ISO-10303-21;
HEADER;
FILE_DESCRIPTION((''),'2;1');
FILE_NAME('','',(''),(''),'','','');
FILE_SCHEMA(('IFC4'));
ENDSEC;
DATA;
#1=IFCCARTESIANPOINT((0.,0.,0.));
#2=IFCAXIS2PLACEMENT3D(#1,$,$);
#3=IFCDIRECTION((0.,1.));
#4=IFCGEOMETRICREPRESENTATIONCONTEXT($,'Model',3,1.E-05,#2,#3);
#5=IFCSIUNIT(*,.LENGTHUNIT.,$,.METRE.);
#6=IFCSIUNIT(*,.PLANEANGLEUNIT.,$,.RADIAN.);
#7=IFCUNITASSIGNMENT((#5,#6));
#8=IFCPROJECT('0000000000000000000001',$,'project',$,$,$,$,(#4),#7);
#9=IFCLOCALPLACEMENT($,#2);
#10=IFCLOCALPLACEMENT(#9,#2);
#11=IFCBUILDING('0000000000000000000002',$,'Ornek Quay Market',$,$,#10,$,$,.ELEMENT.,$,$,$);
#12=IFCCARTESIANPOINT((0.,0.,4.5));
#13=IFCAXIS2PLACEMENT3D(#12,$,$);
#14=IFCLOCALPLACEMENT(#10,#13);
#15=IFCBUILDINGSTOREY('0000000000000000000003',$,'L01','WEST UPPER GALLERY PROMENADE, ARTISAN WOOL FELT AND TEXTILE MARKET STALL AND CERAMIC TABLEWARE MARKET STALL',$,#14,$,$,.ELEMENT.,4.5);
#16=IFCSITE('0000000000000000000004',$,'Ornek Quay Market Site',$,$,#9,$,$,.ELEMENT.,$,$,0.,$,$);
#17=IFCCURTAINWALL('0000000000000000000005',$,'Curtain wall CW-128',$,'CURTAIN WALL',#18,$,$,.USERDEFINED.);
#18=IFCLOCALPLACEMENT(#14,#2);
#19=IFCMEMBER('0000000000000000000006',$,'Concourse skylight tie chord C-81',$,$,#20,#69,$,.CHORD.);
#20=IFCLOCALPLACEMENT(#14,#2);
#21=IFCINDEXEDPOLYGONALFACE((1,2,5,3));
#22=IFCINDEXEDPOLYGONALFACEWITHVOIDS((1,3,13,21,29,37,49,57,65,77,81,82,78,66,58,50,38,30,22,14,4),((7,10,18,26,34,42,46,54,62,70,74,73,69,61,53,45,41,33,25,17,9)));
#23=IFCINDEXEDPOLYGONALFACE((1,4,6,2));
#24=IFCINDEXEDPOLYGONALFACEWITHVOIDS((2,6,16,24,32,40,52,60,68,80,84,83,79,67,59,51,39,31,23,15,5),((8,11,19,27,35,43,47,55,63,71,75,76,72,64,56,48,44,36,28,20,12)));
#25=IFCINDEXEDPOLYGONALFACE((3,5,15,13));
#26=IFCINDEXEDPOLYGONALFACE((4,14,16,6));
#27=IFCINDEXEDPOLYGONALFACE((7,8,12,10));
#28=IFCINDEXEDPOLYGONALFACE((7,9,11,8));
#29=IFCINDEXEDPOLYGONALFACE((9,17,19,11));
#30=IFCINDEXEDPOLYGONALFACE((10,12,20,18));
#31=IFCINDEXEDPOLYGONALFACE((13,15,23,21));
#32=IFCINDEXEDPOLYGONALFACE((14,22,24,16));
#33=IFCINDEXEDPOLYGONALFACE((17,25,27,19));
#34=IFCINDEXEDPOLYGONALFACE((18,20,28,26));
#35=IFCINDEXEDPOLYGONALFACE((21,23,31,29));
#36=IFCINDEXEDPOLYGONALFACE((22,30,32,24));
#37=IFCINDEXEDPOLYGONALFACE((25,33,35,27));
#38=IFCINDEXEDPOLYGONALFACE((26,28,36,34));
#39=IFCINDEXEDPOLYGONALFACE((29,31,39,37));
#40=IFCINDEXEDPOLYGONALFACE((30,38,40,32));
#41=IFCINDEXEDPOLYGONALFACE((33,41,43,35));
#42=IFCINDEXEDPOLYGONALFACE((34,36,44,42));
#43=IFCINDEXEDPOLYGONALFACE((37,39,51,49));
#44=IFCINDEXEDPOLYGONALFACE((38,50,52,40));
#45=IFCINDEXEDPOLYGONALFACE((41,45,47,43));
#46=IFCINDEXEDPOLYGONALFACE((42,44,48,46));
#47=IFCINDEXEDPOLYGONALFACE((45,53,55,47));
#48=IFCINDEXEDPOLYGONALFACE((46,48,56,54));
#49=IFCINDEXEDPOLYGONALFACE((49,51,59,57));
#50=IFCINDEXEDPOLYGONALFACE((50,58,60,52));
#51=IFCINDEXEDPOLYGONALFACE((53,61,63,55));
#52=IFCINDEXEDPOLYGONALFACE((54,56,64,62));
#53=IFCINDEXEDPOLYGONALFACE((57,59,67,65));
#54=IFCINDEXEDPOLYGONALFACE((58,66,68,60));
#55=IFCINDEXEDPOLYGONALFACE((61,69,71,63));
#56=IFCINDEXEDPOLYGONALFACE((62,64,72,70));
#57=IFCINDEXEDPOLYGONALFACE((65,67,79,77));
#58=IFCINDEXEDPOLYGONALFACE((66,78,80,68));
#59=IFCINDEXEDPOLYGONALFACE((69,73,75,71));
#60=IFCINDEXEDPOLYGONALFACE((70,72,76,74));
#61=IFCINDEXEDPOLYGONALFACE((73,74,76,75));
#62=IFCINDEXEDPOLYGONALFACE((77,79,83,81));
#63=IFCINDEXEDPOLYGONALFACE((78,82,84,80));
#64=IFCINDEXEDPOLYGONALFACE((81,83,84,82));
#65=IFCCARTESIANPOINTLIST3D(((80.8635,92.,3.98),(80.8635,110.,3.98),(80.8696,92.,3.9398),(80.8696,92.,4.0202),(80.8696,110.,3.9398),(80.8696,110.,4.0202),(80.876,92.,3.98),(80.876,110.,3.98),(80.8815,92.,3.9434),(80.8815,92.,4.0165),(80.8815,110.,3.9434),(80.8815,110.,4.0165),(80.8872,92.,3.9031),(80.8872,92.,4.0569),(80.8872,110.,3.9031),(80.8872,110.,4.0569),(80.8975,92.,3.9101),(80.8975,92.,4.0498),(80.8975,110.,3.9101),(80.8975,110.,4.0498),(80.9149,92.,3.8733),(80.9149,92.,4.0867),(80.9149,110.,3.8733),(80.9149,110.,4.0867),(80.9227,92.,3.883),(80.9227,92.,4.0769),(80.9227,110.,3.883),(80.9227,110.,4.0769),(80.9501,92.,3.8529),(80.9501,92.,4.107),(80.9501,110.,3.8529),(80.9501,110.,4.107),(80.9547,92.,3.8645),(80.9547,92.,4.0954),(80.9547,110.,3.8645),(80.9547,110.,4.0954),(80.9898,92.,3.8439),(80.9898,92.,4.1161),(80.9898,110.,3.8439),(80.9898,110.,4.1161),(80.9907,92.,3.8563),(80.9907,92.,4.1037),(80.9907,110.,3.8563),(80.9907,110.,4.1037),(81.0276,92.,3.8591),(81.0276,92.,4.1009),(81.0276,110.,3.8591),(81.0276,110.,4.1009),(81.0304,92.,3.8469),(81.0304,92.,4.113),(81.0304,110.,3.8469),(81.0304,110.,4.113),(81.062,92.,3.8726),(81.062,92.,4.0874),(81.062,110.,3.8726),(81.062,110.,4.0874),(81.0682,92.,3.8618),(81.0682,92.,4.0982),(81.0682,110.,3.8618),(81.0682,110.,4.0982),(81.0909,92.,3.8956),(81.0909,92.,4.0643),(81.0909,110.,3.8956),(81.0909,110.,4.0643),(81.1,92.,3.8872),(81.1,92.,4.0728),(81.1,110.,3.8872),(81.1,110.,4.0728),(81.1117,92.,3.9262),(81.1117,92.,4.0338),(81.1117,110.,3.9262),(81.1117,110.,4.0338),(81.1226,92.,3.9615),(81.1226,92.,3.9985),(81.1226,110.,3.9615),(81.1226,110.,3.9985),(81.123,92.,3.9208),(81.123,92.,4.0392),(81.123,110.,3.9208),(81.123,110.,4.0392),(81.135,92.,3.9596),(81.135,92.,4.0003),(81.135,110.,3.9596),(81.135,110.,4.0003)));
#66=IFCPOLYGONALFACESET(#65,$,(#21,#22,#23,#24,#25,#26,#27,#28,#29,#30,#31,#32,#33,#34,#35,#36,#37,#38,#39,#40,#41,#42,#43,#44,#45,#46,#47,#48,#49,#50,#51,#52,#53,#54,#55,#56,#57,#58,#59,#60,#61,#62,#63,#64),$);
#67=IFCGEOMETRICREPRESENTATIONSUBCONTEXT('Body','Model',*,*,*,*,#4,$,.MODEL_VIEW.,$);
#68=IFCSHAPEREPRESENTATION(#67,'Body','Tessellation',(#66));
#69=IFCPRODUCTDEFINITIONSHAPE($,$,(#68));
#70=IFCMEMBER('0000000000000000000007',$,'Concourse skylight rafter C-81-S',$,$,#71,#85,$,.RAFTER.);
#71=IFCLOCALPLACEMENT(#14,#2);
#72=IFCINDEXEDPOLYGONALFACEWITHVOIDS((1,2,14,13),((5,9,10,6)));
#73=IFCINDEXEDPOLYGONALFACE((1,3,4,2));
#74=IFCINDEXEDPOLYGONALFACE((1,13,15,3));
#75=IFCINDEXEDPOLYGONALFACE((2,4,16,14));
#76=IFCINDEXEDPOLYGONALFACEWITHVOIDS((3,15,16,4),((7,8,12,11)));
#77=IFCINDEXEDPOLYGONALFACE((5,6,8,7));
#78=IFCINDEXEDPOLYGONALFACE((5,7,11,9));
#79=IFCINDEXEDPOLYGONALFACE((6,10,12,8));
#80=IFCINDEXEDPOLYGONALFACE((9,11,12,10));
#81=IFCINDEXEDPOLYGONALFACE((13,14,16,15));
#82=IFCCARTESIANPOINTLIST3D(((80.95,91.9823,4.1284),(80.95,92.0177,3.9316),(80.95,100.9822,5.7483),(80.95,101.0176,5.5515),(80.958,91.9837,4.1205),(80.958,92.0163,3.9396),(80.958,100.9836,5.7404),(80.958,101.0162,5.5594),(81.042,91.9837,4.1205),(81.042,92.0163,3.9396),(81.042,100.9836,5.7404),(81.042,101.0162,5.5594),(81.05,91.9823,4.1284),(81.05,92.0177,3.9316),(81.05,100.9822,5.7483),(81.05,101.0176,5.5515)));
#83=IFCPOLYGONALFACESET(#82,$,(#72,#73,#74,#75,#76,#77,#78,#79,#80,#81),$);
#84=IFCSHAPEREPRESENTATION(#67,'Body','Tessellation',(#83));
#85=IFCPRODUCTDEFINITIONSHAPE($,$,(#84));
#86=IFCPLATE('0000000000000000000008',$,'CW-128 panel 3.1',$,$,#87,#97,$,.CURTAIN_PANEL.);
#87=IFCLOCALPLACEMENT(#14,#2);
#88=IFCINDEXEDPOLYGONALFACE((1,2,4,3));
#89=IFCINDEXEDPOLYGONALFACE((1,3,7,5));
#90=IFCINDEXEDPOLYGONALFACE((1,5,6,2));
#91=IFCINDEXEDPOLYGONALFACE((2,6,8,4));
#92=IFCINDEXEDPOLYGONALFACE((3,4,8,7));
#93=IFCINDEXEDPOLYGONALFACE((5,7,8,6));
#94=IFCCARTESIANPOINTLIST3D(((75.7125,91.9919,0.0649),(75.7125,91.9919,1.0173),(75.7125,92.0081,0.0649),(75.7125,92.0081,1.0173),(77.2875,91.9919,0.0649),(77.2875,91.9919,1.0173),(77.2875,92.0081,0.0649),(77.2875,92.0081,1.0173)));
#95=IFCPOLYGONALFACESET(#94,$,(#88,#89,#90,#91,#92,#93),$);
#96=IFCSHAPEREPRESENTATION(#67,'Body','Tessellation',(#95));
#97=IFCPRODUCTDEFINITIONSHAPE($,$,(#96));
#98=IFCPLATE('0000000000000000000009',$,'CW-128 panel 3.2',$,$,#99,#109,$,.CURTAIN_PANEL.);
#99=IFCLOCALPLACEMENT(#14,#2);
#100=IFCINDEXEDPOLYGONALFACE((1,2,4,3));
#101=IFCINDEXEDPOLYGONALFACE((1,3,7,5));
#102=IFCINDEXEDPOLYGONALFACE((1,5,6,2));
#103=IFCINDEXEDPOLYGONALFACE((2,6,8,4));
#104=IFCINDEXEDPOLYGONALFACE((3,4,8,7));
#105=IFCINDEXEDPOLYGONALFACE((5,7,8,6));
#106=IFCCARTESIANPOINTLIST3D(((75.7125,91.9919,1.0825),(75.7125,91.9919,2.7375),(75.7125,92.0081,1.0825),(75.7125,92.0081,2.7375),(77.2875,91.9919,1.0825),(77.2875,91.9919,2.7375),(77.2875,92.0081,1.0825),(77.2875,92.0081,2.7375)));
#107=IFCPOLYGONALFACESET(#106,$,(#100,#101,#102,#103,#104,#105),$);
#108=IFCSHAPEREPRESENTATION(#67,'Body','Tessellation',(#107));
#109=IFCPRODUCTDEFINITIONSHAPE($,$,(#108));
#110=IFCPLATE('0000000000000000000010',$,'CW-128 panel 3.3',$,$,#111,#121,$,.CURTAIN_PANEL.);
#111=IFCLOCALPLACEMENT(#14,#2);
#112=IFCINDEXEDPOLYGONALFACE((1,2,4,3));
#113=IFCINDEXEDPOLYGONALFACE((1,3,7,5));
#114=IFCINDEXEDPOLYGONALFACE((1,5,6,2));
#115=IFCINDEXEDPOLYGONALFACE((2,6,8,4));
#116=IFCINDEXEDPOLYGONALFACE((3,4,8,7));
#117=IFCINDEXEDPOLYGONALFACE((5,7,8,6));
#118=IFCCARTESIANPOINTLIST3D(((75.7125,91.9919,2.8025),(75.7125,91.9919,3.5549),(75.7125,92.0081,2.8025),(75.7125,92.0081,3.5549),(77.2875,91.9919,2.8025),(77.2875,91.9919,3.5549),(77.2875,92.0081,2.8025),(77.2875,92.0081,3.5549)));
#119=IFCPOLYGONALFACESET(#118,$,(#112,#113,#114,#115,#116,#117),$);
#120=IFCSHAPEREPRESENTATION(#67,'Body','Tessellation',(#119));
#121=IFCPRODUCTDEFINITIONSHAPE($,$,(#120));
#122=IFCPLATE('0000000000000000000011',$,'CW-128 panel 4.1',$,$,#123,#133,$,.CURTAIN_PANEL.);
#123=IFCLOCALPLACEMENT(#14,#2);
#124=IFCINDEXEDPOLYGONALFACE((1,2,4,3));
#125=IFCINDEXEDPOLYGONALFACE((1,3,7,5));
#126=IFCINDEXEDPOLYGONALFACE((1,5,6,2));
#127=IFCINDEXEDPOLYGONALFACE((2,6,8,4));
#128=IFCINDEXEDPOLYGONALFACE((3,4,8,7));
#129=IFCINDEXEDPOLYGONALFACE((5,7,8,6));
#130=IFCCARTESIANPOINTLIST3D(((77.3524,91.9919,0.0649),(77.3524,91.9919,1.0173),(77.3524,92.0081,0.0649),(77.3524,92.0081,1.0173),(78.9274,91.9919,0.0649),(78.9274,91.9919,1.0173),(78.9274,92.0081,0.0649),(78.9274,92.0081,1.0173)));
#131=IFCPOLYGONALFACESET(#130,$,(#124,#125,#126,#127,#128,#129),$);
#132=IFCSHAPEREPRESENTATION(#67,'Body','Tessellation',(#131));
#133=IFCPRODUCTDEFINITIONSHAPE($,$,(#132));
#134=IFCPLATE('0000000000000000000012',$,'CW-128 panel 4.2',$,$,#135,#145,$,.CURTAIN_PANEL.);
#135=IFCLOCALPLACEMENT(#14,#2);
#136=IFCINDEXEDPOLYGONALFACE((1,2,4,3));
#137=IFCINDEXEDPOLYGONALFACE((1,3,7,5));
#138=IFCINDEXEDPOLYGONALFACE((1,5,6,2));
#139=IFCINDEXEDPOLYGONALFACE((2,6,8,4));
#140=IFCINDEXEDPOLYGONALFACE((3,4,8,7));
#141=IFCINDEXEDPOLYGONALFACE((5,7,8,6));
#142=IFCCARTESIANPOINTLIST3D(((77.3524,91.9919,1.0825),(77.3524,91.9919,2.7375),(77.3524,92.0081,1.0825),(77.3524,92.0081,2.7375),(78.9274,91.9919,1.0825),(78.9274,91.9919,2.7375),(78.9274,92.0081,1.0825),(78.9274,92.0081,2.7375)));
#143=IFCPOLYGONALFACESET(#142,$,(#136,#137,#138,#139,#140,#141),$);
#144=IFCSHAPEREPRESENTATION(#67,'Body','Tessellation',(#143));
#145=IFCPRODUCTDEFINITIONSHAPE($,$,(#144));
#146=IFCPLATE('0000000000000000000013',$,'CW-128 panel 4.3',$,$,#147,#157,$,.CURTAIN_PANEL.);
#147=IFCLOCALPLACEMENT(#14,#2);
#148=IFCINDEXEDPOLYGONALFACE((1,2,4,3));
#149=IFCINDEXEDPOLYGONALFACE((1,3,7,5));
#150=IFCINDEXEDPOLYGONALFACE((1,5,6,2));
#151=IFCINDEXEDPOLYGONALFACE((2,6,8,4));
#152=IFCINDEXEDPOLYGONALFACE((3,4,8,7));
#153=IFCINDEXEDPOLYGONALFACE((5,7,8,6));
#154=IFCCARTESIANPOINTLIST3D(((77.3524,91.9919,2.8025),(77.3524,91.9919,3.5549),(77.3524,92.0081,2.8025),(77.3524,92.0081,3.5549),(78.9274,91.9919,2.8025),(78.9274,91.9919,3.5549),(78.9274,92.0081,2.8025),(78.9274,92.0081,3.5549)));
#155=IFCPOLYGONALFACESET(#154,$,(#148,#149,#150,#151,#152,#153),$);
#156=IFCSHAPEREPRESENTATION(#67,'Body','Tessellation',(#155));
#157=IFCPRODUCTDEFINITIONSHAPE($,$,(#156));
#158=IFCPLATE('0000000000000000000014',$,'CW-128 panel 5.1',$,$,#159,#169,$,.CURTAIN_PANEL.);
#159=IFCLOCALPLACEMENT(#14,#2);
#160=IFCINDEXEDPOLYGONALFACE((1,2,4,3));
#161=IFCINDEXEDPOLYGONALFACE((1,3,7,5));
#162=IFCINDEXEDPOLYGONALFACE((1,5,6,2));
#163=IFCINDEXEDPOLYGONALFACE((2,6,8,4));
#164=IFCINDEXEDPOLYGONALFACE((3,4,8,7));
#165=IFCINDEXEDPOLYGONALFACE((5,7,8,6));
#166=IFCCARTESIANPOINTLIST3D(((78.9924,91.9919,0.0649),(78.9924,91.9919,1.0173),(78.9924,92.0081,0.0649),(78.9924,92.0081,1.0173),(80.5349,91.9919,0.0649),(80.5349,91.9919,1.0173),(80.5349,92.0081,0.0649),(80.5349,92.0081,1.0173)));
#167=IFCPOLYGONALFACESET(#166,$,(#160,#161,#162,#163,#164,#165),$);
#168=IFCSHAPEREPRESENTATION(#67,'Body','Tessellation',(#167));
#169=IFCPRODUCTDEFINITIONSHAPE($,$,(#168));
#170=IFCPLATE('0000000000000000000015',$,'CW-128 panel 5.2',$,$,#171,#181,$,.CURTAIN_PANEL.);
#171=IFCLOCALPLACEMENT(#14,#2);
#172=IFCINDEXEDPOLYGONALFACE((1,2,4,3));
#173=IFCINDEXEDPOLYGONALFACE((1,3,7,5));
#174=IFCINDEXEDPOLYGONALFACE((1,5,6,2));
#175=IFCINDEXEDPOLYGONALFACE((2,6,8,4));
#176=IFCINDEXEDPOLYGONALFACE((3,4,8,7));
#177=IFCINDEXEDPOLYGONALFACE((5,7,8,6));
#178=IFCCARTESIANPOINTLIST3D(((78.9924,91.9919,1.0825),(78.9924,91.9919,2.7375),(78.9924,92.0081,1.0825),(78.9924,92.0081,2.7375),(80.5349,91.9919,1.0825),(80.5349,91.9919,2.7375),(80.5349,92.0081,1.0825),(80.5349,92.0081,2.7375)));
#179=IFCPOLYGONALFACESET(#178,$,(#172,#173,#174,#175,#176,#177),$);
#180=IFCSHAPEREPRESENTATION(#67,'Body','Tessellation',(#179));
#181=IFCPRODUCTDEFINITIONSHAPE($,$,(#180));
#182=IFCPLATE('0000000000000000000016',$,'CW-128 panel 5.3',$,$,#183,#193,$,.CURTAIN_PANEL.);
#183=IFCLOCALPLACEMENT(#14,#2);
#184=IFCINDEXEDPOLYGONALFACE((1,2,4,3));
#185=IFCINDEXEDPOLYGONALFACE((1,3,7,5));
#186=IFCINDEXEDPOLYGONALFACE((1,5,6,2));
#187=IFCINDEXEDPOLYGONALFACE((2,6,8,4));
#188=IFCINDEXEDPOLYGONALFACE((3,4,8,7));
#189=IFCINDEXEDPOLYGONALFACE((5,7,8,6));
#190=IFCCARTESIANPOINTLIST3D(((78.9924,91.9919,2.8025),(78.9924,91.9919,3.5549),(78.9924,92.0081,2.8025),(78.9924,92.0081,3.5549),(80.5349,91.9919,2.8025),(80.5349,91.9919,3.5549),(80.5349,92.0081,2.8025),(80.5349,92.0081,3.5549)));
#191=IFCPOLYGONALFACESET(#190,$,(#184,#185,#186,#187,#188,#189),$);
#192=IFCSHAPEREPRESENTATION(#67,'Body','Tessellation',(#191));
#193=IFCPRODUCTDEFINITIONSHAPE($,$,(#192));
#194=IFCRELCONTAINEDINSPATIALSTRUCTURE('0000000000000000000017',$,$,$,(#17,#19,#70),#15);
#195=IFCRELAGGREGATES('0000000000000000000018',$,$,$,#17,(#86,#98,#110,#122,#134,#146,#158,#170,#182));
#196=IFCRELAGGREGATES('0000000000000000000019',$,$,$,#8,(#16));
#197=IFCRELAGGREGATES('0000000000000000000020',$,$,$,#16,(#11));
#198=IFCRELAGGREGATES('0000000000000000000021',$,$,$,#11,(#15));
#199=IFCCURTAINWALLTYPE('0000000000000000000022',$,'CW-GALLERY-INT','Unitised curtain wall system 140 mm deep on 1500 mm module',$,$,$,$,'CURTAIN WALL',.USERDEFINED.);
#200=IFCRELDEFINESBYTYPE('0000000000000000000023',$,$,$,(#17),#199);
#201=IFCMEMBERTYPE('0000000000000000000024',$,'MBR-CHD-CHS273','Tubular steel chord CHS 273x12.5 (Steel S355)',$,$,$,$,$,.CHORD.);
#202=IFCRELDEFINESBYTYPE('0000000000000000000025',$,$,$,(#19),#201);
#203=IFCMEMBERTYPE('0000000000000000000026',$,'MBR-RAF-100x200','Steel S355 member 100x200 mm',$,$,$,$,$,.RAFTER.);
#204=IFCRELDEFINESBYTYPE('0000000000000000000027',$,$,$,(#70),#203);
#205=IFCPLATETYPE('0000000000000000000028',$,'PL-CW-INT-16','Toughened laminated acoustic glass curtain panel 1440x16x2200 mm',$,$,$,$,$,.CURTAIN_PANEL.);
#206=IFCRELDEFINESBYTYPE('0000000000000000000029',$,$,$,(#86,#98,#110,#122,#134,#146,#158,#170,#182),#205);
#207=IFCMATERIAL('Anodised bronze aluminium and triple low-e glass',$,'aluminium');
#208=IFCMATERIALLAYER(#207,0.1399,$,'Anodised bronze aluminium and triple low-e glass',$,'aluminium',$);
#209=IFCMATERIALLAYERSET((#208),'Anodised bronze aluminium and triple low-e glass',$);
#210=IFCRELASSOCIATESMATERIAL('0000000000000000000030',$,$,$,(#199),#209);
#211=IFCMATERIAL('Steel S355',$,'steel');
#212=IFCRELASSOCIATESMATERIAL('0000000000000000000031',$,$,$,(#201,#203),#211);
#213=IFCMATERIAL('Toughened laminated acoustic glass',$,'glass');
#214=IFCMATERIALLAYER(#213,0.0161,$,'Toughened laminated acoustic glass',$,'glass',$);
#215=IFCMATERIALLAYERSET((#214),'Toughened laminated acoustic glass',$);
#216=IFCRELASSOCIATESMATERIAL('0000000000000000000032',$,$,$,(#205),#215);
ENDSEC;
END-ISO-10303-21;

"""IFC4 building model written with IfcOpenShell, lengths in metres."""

from ifc_helpers import new_model, si_unit, direction, frame, origin, origin_2d, place, context, subcontext, project, spatial, rectangle, hollow_rectangle, hollow_circle, extrude, material, layer, layer_set, material_profile, profile_set, type_object, element, aggregate, save


model = new_model("IFC4")

# Units and contexts
model_context = context("Model", 3, precision=1e-05, world=origin(), true_north=direction((0.0, 1.0)))
body_context = subcontext(model_context, "Body", "Model", "MODEL_VIEW")
ifc_project = project(units=[si_unit("LENGTHUNIT", "METRE"), si_unit("PLANEANGLEUNIT", "RADIAN")], contexts=[model_context])

# Site, building, storey
site_placement = place(None, origin())
site = spatial("IfcSite", under=ifc_project, at=site_placement, Name="Ornek Quay Market Site", CompositionType="ELEMENT", RefElevation=0.0)
building_placement = place(site_placement, origin())
building = spatial("IfcBuilding", under=site, at=building_placement, Name="Ornek Quay Market", CompositionType="ELEMENT")
storey_placement = place(building_placement, frame((0.0, 0.0, 4.5)))
storey = spatial("IfcBuildingStorey", under=building, at=storey_placement, Name="L01", Description="WEST UPPER GALLERY PROMENADE, ARTISAN WOOL FELT AND TEXTILE MARKET STALL AND CERAMIC TABLEWARE MARKET STALL", CompositionType="ELEMENT", Elevation=4.5)

# Curtain wall
ifc_material_1 = material(Name="Anodised bronze aluminium and triple low-e glass", Category="aluminium")
ifc_layer_1 = layer(ifc_material_1, 0.1399, Name="Anodised bronze aluminium and triple low-e glass", Category="aluminium")
ifc_layer_set_1 = layer_set([ifc_layer_1], Name="Anodised bronze aluminium and triple low-e glass")
curtain_wall_type = type_object("IfcCurtainWallType", Name="CW-GALLERY-INT", Description="Unitised curtain wall system 140 mm deep on 1500 mm module", ElementType="CURTAIN WALL", PredefinedType="USERDEFINED", material=ifc_layer_set_1)
curtain_wall_1_placement = place(storey_placement, origin())
curtain_wall_1 = element("IfcCurtainWall", 1, at=curtain_wall_1_placement, inside=storey, type_object=curtain_wall_type, Name="Curtain wall CW-128", ObjectType="CURTAIN WALL", PredefinedType="USERDEFINED")

# Members
ifc_material_2 = material(Name="Steel S355", Category="steel")
ifc_material_profile_1 = material_profile(ifc_material_2, hollow_circle(Radius=0.1365, WallThickness=0.0125, at=origin_2d()), Name="CHS 273x12.5", Category="steel")
ifc_profile_set_1 = profile_set([ifc_material_profile_1], Name="Steel S355")
member_type_1 = type_object("IfcMemberType", Name="MBR-CHD-CHS273", Description="Tubular steel chord CHS 273x12.5 (Steel S355)", PredefinedType="CHORD", material=ifc_profile_set_1)
member_1_placement = place(storey_placement, frame((81.0, 92.0, 3.98), z_axis=(0.0, 1.0, 0.0), x_axis=(-1.0, 0.0, 0.0)))
element("IfcMember", 2, at=member_1_placement, inside=storey, type_object=member_type_1, Name="Concourse skylight tie chord C-81", PredefinedType="CHORD", context=body_context, shape_type="SweptSolid", body=[
    extrude(hollow_circle(Radius=0.1365, WallThickness=0.0125, at=origin_2d()), origin(), (0.0, 0.0, 1.0), 18.0),
])
ifc_material_profile_2 = material_profile(ifc_material_2, hollow_rectangle(XDim=0.1001, YDim=0.2, WallThickness=0.0081, at=origin_2d()), Name="MBR-RAF-100x200", Category="steel")
ifc_profile_set_2 = profile_set([ifc_material_profile_2], Name="Steel S355")
member_type_2 = type_object("IfcMemberType", Name="MBR-RAF-100x200", Description="Steel S355 member 100x200 mm", PredefinedType="RAFTER", material=ifc_profile_set_2)
member_2_placement = place(storey_placement, frame((81.0, 92.0, 4.03), z_axis=(0.0, 0.984186, 0.17714), x_axis=(-1.0, 0.0, 0.0)))
element("IfcMember", 3, at=member_2_placement, inside=storey, type_object=member_type_2, Name="Concourse skylight rafter C-81-S", PredefinedType="RAFTER", context=body_context, shape_type="SweptSolid", body=[
    extrude(hollow_rectangle(XDim=0.1001, YDim=0.2, WallThickness=0.0081, at=origin_2d()), origin(), (0.0, 0.0, 1.0), 9.1445),
])

# Plates
ifc_material_3 = material(Name="Toughened laminated acoustic glass", Category="glass")
ifc_layer_2 = layer(ifc_material_3, 0.0161, Name="Toughened laminated acoustic glass", Category="glass")
ifc_layer_set_2 = layer_set([ifc_layer_2], Name="Toughened laminated acoustic glass")
plate_type_1 = type_object("IfcPlateType", Name="PL-CW-INT-16", Description="Toughened laminated acoustic glass curtain panel 1440x16x2200 mm", PredefinedType="CURTAIN_PANEL", material=ifc_layer_set_2)
plate_1_placement = place(storey_placement, frame((76.5, 92.0, 0.0649), z_axis=(0.0, 0.0, 1.0), x_axis=(1.0, 0.0, 0.0)))
plate_1 = element("IfcPlate", 4, at=plate_1_placement, type_object=plate_type_1, Name="CW-128 panel 3.1", PredefinedType="CURTAIN_PANEL", context=body_context, shape_type="SweptSolid", body=[
    extrude(rectangle(XDim=1.575, YDim=0.0161, at=origin_2d()), origin(), (0.0, 0.0, 1.0), 0.9524),
])
plate_2_placement = place(storey_placement, frame((76.5, 92.0, 1.0825), z_axis=(0.0, 0.0, 1.0), x_axis=(1.0, 0.0, 0.0)))
plate_2 = element("IfcPlate", 5, at=plate_2_placement, type_object=plate_type_1, Name="CW-128 panel 3.2", PredefinedType="CURTAIN_PANEL", context=body_context, shape_type="SweptSolid", body=[
    extrude(rectangle(XDim=1.575, YDim=0.0161, at=origin_2d()), origin(), (0.0, 0.0, 1.0), 1.655),
])
plate_3_placement = place(storey_placement, frame((76.5, 92.0, 2.8025), z_axis=(0.0, 0.0, 1.0), x_axis=(1.0, 0.0, 0.0)))
plate_3 = element("IfcPlate", 6, at=plate_3_placement, type_object=plate_type_1, Name="CW-128 panel 3.3", PredefinedType="CURTAIN_PANEL", context=body_context, shape_type="SweptSolid", body=[
    extrude(rectangle(XDim=1.575, YDim=0.0161, at=origin_2d()), origin(), (0.0, 0.0, 1.0), 0.7524),
])
plate_4_placement = place(storey_placement, frame((78.1399, 92.0, 0.0649), z_axis=(0.0, 0.0, 1.0), x_axis=(1.0, 0.0, 0.0)))
plate_4 = element("IfcPlate", 7, at=plate_4_placement, type_object=plate_type_1, Name="CW-128 panel 4.1", PredefinedType="CURTAIN_PANEL", context=body_context, shape_type="SweptSolid", body=[
    extrude(rectangle(XDim=1.575, YDim=0.0161, at=origin_2d()), origin(), (0.0, 0.0, 1.0), 0.9524),
])
plate_5_placement = place(storey_placement, frame((78.1399, 92.0, 1.0825), z_axis=(0.0, 0.0, 1.0), x_axis=(1.0, 0.0, 0.0)))
plate_5 = element("IfcPlate", 8, at=plate_5_placement, type_object=plate_type_1, Name="CW-128 panel 4.2", PredefinedType="CURTAIN_PANEL", context=body_context, shape_type="SweptSolid", body=[
    extrude(rectangle(XDim=1.575, YDim=0.0161, at=origin_2d()), origin(), (0.0, 0.0, 1.0), 1.655),
])
plate_6_placement = place(storey_placement, frame((78.1399, 92.0, 2.8025), z_axis=(0.0, 0.0, 1.0), x_axis=(1.0, 0.0, 0.0)))
plate_6 = element("IfcPlate", 9, at=plate_6_placement, type_object=plate_type_1, Name="CW-128 panel 4.3", PredefinedType="CURTAIN_PANEL", context=body_context, shape_type="SweptSolid", body=[
    extrude(rectangle(XDim=1.575, YDim=0.0161, at=origin_2d()), origin(), (0.0, 0.0, 1.0), 0.7524),
])
plate_7_placement = place(storey_placement, frame((79.7637, 92.0, 0.0649), z_axis=(0.0, 0.0, 1.0), x_axis=(1.0, 0.0, 0.0)))
plate_7 = element("IfcPlate", 10, at=plate_7_placement, type_object=plate_type_1, Name="CW-128 panel 5.1", PredefinedType="CURTAIN_PANEL", context=body_context, shape_type="SweptSolid", body=[
    extrude(rectangle(XDim=1.5425, YDim=0.0161, at=origin_2d()), origin(), (0.0, 0.0, 1.0), 0.9524),
])
plate_8_placement = place(storey_placement, frame((79.7637, 92.0, 1.0825), z_axis=(0.0, 0.0, 1.0), x_axis=(1.0, 0.0, 0.0)))
plate_8 = element("IfcPlate", 11, at=plate_8_placement, type_object=plate_type_1, Name="CW-128 panel 5.2", PredefinedType="CURTAIN_PANEL", context=body_context, shape_type="SweptSolid", body=[
    extrude(rectangle(XDim=1.5425, YDim=0.0161, at=origin_2d()), origin(), (0.0, 0.0, 1.0), 1.655),
])
plate_9_placement = place(storey_placement, frame((79.7637, 92.0, 2.8025), z_axis=(0.0, 0.0, 1.0), x_axis=(1.0, 0.0, 0.0)))
plate_9 = element("IfcPlate", 12, at=plate_9_placement, type_object=plate_type_1, Name="CW-128 panel 5.3", PredefinedType="CURTAIN_PANEL", context=body_context, shape_type="SweptSolid", body=[
    extrude(rectangle(XDim=1.5425, YDim=0.0161, at=origin_2d()), origin(), (0.0, 0.0, 1.0), 0.7524),
])
aggregate(curtain_wall_1, [plate_1, plate_2, plate_3, plate_4, plate_5, plate_6, plate_7, plate_8, plate_9])

save(model, "model.ifc")
